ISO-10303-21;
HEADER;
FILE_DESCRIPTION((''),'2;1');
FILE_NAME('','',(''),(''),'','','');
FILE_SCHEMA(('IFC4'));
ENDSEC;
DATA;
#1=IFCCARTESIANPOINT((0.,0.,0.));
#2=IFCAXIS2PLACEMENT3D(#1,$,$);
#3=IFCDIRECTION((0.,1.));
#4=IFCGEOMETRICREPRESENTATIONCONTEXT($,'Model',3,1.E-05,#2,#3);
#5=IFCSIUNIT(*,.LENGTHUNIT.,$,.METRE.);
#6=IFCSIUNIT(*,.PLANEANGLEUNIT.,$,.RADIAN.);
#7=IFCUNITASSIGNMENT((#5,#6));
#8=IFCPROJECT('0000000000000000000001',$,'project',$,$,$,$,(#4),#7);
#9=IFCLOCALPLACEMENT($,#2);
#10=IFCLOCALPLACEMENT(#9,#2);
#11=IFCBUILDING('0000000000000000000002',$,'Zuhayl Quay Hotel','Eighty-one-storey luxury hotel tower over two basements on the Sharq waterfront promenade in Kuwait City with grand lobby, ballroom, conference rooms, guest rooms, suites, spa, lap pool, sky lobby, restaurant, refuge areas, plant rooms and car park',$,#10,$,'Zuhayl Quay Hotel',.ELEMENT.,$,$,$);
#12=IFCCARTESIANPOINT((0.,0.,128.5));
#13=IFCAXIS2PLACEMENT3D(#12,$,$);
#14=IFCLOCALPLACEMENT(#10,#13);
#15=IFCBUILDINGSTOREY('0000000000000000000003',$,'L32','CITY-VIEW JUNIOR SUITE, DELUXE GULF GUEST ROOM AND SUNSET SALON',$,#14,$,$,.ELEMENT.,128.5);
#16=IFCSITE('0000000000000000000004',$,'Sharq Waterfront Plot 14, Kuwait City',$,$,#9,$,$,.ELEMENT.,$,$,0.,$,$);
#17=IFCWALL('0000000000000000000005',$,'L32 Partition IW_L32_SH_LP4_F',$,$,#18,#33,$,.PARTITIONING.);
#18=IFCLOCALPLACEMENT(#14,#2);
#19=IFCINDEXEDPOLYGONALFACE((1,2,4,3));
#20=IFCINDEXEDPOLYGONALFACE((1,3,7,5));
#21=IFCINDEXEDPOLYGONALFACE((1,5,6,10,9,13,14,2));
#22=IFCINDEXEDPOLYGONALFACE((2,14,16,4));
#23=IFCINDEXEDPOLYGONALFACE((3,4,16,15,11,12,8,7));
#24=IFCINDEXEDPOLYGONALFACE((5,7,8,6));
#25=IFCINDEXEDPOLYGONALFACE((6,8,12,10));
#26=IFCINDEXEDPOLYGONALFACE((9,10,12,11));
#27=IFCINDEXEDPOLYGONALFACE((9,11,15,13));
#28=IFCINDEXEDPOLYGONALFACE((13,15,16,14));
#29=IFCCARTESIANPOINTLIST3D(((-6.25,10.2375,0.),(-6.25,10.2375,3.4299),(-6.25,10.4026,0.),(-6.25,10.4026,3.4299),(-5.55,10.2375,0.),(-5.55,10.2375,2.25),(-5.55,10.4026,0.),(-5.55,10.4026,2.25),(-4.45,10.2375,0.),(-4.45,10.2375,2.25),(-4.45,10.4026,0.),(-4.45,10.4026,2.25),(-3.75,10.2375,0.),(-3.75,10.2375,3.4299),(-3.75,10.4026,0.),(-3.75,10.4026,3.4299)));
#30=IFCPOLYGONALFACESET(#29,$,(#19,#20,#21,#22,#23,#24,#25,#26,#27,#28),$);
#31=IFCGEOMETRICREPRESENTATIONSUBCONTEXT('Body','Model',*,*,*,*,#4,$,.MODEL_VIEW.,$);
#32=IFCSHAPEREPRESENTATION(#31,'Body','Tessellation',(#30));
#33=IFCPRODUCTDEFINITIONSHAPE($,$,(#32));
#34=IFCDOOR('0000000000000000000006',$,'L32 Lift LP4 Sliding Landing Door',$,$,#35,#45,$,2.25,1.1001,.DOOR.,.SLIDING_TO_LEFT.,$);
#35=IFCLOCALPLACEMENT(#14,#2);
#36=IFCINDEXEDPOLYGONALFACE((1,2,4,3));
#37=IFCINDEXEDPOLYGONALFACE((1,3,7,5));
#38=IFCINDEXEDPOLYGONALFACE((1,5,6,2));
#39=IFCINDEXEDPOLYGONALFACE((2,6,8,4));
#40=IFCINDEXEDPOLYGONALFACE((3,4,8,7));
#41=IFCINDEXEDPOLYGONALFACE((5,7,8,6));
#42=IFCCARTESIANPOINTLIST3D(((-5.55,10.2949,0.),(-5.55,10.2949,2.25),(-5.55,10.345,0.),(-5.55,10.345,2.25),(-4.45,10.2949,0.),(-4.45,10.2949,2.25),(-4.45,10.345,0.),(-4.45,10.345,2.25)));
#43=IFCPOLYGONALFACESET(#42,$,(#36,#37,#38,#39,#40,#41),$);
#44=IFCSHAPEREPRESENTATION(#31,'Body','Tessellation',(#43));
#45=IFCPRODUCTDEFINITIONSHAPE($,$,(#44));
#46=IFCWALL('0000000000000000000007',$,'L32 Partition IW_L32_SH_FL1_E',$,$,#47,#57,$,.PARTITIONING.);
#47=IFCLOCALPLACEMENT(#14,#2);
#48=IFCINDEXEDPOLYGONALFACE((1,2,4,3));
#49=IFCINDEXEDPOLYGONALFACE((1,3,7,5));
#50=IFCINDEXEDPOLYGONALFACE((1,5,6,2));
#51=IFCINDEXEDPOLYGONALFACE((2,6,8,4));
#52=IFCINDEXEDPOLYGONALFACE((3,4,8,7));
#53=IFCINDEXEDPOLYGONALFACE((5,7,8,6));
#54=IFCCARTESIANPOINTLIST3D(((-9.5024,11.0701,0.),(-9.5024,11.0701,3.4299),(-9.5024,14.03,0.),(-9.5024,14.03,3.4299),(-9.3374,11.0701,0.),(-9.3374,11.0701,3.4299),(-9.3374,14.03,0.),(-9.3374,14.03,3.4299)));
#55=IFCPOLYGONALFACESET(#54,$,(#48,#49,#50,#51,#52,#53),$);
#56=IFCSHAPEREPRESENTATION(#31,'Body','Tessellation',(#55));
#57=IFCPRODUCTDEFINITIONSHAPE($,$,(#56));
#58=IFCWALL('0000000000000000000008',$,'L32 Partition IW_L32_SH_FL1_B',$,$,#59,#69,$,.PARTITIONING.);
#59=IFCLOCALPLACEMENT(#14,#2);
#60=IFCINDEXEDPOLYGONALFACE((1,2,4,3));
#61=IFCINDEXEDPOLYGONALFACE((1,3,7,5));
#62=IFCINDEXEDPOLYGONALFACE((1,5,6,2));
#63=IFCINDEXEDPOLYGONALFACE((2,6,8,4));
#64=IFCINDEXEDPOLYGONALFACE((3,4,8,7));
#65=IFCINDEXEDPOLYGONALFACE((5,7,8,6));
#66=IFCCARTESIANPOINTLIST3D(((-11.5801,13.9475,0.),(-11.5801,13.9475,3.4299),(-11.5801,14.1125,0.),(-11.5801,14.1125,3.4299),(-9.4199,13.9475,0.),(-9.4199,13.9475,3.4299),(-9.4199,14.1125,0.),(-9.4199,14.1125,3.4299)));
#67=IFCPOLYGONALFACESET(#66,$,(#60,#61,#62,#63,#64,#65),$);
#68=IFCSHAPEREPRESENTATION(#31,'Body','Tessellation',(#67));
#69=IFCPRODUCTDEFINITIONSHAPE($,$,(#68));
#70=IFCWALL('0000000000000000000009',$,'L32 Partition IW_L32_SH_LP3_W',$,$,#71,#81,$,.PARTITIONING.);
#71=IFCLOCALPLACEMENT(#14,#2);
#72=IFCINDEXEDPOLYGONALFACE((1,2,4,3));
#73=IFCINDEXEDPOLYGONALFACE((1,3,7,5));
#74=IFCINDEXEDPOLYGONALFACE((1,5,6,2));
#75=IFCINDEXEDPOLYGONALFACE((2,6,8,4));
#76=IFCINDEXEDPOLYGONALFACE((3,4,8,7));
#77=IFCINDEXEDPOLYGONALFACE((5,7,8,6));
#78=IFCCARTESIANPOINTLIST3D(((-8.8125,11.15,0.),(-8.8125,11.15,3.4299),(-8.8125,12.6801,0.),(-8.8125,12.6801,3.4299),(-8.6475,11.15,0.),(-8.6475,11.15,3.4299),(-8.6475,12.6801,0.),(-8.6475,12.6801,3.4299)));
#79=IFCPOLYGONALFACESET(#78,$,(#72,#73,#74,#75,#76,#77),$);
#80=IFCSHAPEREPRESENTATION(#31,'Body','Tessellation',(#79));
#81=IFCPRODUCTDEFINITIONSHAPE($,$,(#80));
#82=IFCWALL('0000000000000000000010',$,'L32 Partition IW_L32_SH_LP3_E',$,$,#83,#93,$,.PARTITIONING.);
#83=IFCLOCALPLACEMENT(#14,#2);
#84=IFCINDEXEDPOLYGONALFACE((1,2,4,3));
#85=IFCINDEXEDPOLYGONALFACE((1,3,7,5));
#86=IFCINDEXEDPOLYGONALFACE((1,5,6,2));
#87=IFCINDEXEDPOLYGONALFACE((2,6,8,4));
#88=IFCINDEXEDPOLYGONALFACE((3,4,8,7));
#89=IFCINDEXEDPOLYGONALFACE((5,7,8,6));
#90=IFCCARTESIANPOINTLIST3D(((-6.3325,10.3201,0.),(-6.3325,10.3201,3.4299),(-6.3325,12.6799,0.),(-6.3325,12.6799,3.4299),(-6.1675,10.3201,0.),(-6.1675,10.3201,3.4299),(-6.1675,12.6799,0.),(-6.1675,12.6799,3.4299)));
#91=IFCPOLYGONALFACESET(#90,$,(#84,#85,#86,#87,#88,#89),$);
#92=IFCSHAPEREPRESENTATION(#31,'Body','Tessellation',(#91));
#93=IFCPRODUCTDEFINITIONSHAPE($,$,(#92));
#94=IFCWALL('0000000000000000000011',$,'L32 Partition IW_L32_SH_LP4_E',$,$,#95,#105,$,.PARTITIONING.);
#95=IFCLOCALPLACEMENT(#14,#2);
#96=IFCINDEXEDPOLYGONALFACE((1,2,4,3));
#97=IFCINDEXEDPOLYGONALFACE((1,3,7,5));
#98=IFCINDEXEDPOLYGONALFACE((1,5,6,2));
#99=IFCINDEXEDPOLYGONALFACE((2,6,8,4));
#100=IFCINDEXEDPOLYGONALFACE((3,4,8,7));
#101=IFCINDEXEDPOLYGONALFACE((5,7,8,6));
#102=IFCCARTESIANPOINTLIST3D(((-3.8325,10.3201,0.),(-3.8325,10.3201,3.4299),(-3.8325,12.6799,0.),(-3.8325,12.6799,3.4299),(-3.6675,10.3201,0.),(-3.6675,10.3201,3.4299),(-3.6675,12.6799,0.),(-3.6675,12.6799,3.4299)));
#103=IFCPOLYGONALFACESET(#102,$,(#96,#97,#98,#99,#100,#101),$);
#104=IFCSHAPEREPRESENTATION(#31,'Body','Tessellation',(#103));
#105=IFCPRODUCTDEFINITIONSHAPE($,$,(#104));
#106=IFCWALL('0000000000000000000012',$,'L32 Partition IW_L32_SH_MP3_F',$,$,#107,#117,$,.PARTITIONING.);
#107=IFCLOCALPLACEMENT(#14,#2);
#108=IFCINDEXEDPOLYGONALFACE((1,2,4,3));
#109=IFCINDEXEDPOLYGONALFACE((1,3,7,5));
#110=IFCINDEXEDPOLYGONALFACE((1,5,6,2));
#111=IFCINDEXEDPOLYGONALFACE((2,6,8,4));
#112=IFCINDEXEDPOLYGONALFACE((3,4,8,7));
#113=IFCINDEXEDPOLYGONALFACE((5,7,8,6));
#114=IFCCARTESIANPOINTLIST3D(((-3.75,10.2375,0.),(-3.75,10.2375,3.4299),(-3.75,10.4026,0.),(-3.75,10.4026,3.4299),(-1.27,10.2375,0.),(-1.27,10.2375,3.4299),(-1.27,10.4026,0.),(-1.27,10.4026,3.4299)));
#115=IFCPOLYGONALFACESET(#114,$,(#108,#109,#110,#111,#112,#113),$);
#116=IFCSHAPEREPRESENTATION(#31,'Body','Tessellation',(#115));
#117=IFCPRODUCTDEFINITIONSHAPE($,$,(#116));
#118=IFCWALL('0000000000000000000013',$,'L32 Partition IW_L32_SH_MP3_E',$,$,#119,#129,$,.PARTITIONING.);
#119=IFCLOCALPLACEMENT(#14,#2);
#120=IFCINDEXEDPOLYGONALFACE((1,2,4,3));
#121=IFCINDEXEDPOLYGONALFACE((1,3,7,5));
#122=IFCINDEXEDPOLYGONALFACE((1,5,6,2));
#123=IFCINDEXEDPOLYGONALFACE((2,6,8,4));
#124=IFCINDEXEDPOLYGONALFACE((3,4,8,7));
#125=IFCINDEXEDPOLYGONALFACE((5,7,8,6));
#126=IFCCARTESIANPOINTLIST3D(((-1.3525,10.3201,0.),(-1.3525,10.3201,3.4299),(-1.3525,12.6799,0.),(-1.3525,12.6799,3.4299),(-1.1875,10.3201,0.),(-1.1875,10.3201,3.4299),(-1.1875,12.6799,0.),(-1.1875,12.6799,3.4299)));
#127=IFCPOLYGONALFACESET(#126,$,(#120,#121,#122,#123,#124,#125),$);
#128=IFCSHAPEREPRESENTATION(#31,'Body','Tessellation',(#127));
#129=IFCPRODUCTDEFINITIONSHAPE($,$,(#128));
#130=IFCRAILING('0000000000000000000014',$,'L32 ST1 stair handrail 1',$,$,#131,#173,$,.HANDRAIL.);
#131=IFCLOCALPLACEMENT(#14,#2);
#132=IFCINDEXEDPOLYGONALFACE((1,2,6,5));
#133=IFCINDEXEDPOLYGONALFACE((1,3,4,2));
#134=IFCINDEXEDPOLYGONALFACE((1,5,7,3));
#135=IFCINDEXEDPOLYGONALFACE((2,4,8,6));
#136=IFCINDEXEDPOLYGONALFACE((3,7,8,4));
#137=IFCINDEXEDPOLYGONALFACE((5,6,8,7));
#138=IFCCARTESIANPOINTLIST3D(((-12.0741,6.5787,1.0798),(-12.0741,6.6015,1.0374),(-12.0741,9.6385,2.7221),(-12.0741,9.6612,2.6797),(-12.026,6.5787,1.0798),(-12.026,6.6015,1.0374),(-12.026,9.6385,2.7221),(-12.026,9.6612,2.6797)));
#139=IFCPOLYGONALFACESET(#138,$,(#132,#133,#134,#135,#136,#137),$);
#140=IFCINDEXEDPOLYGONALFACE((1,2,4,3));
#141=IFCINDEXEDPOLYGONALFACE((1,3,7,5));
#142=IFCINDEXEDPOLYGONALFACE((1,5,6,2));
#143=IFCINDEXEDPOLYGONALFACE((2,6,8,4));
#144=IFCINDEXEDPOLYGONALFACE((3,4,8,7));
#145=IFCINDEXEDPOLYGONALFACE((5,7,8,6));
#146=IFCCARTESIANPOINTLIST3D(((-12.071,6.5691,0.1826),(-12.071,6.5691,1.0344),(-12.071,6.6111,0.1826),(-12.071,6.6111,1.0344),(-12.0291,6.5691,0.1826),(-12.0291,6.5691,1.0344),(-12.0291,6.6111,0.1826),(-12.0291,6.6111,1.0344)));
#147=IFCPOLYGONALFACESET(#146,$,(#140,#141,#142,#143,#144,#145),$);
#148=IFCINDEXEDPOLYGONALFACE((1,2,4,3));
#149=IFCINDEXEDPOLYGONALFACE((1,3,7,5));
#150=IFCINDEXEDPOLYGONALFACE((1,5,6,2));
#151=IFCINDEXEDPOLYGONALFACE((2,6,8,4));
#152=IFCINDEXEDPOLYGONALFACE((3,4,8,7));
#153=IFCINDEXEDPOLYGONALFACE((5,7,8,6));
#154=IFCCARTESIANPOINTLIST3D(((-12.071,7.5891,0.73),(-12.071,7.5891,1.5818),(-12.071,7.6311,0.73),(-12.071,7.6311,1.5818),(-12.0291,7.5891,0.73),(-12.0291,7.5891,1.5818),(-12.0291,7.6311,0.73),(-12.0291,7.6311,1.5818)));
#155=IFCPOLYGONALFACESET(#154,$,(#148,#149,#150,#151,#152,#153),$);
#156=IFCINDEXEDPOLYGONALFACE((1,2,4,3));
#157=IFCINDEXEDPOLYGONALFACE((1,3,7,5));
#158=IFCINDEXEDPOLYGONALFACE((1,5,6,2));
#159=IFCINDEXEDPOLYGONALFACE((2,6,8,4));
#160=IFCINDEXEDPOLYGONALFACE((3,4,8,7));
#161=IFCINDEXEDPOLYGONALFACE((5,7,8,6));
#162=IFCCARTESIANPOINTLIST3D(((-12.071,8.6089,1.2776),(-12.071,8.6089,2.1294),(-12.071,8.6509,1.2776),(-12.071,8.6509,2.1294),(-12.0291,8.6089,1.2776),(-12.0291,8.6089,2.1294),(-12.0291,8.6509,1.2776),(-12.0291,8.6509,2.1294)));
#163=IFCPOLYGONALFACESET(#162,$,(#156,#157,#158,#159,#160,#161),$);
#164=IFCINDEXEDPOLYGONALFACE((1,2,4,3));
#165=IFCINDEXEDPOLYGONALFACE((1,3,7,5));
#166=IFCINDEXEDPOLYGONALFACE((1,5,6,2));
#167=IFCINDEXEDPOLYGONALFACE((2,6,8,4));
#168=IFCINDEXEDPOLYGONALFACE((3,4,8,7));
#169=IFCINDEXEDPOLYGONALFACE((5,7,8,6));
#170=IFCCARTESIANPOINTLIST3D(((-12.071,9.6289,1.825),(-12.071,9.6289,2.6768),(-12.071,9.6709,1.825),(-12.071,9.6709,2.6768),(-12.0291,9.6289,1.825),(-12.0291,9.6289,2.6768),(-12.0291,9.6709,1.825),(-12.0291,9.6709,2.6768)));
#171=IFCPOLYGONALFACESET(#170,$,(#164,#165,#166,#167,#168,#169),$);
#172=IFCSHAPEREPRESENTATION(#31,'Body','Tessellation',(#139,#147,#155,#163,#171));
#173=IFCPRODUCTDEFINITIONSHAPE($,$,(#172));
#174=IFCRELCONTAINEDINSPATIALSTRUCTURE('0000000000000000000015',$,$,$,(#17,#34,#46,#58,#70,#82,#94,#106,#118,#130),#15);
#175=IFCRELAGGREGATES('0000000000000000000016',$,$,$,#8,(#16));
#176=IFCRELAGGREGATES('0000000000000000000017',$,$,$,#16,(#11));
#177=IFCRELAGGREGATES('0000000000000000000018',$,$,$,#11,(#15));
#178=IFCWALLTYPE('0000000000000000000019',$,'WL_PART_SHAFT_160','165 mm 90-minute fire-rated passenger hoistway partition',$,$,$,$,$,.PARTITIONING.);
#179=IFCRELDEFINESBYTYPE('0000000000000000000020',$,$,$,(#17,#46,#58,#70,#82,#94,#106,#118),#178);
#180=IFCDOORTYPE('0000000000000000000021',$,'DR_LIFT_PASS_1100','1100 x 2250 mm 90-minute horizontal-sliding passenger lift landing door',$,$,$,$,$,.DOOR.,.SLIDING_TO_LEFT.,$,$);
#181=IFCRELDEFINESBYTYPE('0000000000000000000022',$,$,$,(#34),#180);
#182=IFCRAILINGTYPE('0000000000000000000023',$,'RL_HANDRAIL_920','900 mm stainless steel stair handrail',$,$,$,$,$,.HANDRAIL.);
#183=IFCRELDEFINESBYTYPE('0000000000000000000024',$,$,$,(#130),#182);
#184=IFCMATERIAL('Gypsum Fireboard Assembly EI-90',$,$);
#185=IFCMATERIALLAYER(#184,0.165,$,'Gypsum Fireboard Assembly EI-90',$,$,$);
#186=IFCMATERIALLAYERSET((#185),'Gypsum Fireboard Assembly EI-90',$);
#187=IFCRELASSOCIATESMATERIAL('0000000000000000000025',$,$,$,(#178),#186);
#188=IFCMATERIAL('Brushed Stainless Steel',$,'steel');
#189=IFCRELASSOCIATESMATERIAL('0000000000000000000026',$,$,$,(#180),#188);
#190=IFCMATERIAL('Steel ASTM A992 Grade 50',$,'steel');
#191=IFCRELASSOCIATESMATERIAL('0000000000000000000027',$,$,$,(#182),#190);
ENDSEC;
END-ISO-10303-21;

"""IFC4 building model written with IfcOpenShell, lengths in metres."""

from ifc_helpers import new_model, si_unit, direction, frame, frame_2d, origin, origin_2d, place, context, subcontext, project, spatial, rectangle, extrude, material, layer, layer_set, type_object, element, fill, save


model = new_model("IFC4")

# Units and contexts
model_context = context("Model", 3, precision=1e-05, world=origin(), true_north=direction((0.0, 1.0)))
body_context = subcontext(model_context, "Body", "Model", "MODEL_VIEW")
ifc_project = project(units=[si_unit("LENGTHUNIT", "METRE"), si_unit("PLANEANGLEUNIT", "RADIAN")], contexts=[model_context])

# Site, building, storey
site_placement = place(None, origin())
site = spatial("IfcSite", under=ifc_project, at=site_placement, Name="Sharq Waterfront Plot 14, Kuwait City", CompositionType="ELEMENT", RefElevation=0.0)
building_placement = place(site_placement, origin())
building = spatial("IfcBuilding", under=site, at=building_placement, Name="Zuhayl Quay Hotel", Description="Eighty-one-storey luxury hotel tower over two basements on the Sharq waterfront promenade in Kuwait City with grand lobby, ballroom, conference rooms, guest rooms, suites, spa, lap pool, sky lobby, restaurant, refuge areas, plant rooms and car park", LongName="Zuhayl Quay Hotel", CompositionType="ELEMENT")
storey_placement = place(building_placement, frame((0.0, 0.0, 128.5)))
storey = spatial("IfcBuildingStorey", under=building, at=storey_placement, Name="L32", Description="CITY-VIEW JUNIOR SUITE, DELUXE GULF GUEST ROOM AND SUNSET SALON", CompositionType="ELEMENT", Elevation=128.5)

# Shared definitions
ifc_material_1 = material(Name="Steel ASTM A992 Grade 50", Category="steel")

# Wall, opening, door
ifc_material_2 = material(Name="Gypsum Fireboard Assembly EI-90")
ifc_layer_1 = layer(ifc_material_2, 0.165, Name="Gypsum Fireboard Assembly EI-90")
ifc_layer_set_1 = layer_set([ifc_layer_1], Name="Gypsum Fireboard Assembly EI-90")
wall_type_1 = type_object("IfcWallType", Name="WL_PART_SHAFT_160", Description="165 mm 90-minute fire-rated passenger hoistway partition", PredefinedType="PARTITIONING", material=ifc_layer_set_1)
ifc_material_3 = material(Name="Brushed Stainless Steel", Category="steel")
door_type_1 = type_object("IfcDoorType", Name="DR_LIFT_PASS_1100", Description="1100 x 2250 mm 90-minute horizontal-sliding passenger lift landing door", OperationType="SLIDING_TO_LEFT", PredefinedType="DOOR", material=ifc_material_3)
wall_1_placement = place(storey_placement, frame((-6.25, 10.3201, 0.0), z_axis=(0.0, 0.0, 1.0), x_axis=(1.0, 0.0, 0.0)))
wall_1 = element("IfcWall", 1, at=wall_1_placement, inside=storey, type_object=wall_type_1, Name="L32 Partition IW_L32_SH_LP4_F", PredefinedType="PARTITIONING", context=body_context, shape_type="SweptSolid", body=[
    extrude(rectangle(XDim=2.5, YDim=0.165, at=frame_2d((1.25, 0.0))), origin(), (0.0, 0.0, 1.0), 3.4299),
])
opening_1_placement = place(wall_1_placement, frame((0.7, 0.0, 0.0)))
opening_1 = element("IfcOpeningElement", 2, at=opening_1_placement, cuts=wall_1, PredefinedType="OPENING", context=body_context, shape_type="SweptSolid", body=[
    extrude(rectangle(XDim=1.1001, YDim=2.25, at=frame_2d((0.55, 1.125))), frame((0.0, 0.0925, 0.0), z_axis=(0.0, -1.0, 0.0), x_axis=(1.0, 0.0, 0.0)), (0.0, 0.0, 1.0), 0.1851),
])
door_1_placement = place(opening_1_placement, origin())
door_1 = element("IfcDoor", 3, at=door_1_placement, inside=storey, type_object=door_type_1, Name="L32 Lift LP4 Sliding Landing Door", OperationType="SLIDING_TO_LEFT", OverallHeight=2.25, OverallWidth=1.1001, PredefinedType="DOOR", context=body_context, shape_type="SweptSolid", body=[
    extrude(rectangle(XDim=1.1001, YDim=2.25, at=frame_2d((0.55, 1.125))), frame((0.0, 0.0249, 0.0), z_axis=(0.0, -1.0, 0.0), x_axis=(1.0, 0.0, 0.0)), (0.0, 0.0, 1.0), 0.05),
])
fill(opening_1, door_1)

# Walls
wall_2_placement = place(storey_placement, frame((-9.4199, 11.0701, 0.0), z_axis=(0.0, 0.0, 1.0), x_axis=(0.0, 1.0, 0.0)))
element("IfcWall", 4, at=wall_2_placement, inside=storey, type_object=wall_type_1, Name="L32 Partition IW_L32_SH_FL1_E", PredefinedType="PARTITIONING", context=body_context, shape_type="SweptSolid", body=[
    extrude(rectangle(XDim=2.96, YDim=0.165, at=frame_2d((1.48, 0.0))), origin(), (0.0, 0.0, 1.0), 3.4299),
])
wall_3_placement = place(storey_placement, frame((-11.5801, 14.03, 0.0), z_axis=(0.0, 0.0, 1.0), x_axis=(1.0, 0.0, 0.0)))
element("IfcWall", 5, at=wall_3_placement, inside=storey, type_object=wall_type_1, Name="L32 Partition IW_L32_SH_FL1_B", PredefinedType="PARTITIONING", context=body_context, shape_type="SweptSolid", body=[
    extrude(rectangle(XDim=2.1602, YDim=0.165, at=frame_2d((1.0801, 0.0))), origin(), (0.0, 0.0, 1.0), 3.4299),
])
wall_4_placement = place(storey_placement, frame((-8.73, 11.1499, 0.0), z_axis=(0.0, 0.0, 1.0), x_axis=(0.0, 1.0, 0.0)))
element("IfcWall", 6, at=wall_4_placement, inside=storey, type_object=wall_type_1, Name="L32 Partition IW_L32_SH_LP3_W", PredefinedType="PARTITIONING", context=body_context, shape_type="SweptSolid", body=[
    extrude(rectangle(XDim=1.53, YDim=0.165, at=frame_2d((0.7651, 0.0))), origin(), (0.0, 0.0, 1.0), 3.4299),
])
for number, where, z_axis, x_axis, name in (
    (7, (-6.25, 10.3201, 0.0), (0.0, 0.0, 1.0), (0.0, 1.0, 0.0), "L32 Partition IW_L32_SH_LP3_E"),
    (8, (-3.75, 10.3201, 0.0), (0.0, 0.0, 1.0), (0.0, 1.0, 0.0), "L32 Partition IW_L32_SH_LP4_E"),
):
    element("IfcWall", number, at=place(storey_placement, frame(where, z_axis=z_axis, x_axis=x_axis)), inside=storey, type_object=wall_type_1, Name=name, PredefinedType="PARTITIONING", context=body_context, shape_type="SweptSolid", body=[
        extrude(rectangle(XDim=2.3599, YDim=0.165, at=frame_2d((1.1799, 0.0))), origin(), (0.0, 0.0, 1.0), 3.4299),
    ])
wall_5_placement = place(storey_placement, frame((-3.75, 10.3201, 0.0), z_axis=(0.0, 0.0, 1.0), x_axis=(1.0, 0.0, 0.0)))
element("IfcWall", 9, at=wall_5_placement, inside=storey, type_object=wall_type_1, Name="L32 Partition IW_L32_SH_MP3_F", PredefinedType="PARTITIONING", context=body_context, shape_type="SweptSolid", body=[
    extrude(rectangle(XDim=2.48, YDim=0.165, at=frame_2d((1.24, 0.0))), origin(), (0.0, 0.0, 1.0), 3.4299),
])
wall_6_placement = place(storey_placement, frame((-1.27, 10.3201, 0.0), z_axis=(0.0, 0.0, 1.0), x_axis=(0.0, 1.0, 0.0)))
element("IfcWall", 10, at=wall_6_placement, inside=storey, type_object=wall_type_1, Name="L32 Partition IW_L32_SH_MP3_E", PredefinedType="PARTITIONING", context=body_context, shape_type="SweptSolid", body=[
    extrude(rectangle(XDim=2.3599, YDim=0.165, at=frame_2d((1.1799, 0.0))), origin(), (0.0, 0.0, 1.0), 3.4299),
])

# Railing
railing_type = type_object("IfcRailingType", Name="RL_HANDRAIL_920", Description="900 mm stainless steel stair handrail", PredefinedType="HANDRAIL", material=ifc_material_1)
railing_placement = place(storey_placement, frame((-12.05, 6.5901, 0.1826)))
element("IfcRailing", 11, at=railing_placement, inside=storey, type_object=railing_type, Name="L32 ST1 stair handrail 1", PredefinedType="HANDRAIL", context=body_context, shape_type="SweptSolid", body=[
    extrude(rectangle(XDim=0.0481, YDim=0.0481, at=origin_2d()), frame((0.0, 0.0, 0.876), z_axis=(0.0, 0.881102, 0.472926), x_axis=(-1.0, 0.0, 0.0)), (0.0, 0.0, 1.0), 3.4727),
    extrude(rectangle(XDim=0.042, YDim=0.042, at=origin_2d()), origin(), (0.0, 0.0, 1.0), 0.8518),
    extrude(rectangle(XDim=0.042, YDim=0.042, at=origin_2d()), frame((0.0, 1.02, 0.5474)), (0.0, 0.0, 1.0), 0.8518),
    extrude(rectangle(XDim=0.042, YDim=0.042, at=origin_2d()), frame((0.0, 2.0398, 1.095)), (0.0, 0.0, 1.0), 0.8518),
    extrude(rectangle(XDim=0.042, YDim=0.042, at=origin_2d()), frame((0.0, 3.0598, 1.6423)), (0.0, 0.0, 1.0), 0.8518),
])

save(model, "model.ifc")
